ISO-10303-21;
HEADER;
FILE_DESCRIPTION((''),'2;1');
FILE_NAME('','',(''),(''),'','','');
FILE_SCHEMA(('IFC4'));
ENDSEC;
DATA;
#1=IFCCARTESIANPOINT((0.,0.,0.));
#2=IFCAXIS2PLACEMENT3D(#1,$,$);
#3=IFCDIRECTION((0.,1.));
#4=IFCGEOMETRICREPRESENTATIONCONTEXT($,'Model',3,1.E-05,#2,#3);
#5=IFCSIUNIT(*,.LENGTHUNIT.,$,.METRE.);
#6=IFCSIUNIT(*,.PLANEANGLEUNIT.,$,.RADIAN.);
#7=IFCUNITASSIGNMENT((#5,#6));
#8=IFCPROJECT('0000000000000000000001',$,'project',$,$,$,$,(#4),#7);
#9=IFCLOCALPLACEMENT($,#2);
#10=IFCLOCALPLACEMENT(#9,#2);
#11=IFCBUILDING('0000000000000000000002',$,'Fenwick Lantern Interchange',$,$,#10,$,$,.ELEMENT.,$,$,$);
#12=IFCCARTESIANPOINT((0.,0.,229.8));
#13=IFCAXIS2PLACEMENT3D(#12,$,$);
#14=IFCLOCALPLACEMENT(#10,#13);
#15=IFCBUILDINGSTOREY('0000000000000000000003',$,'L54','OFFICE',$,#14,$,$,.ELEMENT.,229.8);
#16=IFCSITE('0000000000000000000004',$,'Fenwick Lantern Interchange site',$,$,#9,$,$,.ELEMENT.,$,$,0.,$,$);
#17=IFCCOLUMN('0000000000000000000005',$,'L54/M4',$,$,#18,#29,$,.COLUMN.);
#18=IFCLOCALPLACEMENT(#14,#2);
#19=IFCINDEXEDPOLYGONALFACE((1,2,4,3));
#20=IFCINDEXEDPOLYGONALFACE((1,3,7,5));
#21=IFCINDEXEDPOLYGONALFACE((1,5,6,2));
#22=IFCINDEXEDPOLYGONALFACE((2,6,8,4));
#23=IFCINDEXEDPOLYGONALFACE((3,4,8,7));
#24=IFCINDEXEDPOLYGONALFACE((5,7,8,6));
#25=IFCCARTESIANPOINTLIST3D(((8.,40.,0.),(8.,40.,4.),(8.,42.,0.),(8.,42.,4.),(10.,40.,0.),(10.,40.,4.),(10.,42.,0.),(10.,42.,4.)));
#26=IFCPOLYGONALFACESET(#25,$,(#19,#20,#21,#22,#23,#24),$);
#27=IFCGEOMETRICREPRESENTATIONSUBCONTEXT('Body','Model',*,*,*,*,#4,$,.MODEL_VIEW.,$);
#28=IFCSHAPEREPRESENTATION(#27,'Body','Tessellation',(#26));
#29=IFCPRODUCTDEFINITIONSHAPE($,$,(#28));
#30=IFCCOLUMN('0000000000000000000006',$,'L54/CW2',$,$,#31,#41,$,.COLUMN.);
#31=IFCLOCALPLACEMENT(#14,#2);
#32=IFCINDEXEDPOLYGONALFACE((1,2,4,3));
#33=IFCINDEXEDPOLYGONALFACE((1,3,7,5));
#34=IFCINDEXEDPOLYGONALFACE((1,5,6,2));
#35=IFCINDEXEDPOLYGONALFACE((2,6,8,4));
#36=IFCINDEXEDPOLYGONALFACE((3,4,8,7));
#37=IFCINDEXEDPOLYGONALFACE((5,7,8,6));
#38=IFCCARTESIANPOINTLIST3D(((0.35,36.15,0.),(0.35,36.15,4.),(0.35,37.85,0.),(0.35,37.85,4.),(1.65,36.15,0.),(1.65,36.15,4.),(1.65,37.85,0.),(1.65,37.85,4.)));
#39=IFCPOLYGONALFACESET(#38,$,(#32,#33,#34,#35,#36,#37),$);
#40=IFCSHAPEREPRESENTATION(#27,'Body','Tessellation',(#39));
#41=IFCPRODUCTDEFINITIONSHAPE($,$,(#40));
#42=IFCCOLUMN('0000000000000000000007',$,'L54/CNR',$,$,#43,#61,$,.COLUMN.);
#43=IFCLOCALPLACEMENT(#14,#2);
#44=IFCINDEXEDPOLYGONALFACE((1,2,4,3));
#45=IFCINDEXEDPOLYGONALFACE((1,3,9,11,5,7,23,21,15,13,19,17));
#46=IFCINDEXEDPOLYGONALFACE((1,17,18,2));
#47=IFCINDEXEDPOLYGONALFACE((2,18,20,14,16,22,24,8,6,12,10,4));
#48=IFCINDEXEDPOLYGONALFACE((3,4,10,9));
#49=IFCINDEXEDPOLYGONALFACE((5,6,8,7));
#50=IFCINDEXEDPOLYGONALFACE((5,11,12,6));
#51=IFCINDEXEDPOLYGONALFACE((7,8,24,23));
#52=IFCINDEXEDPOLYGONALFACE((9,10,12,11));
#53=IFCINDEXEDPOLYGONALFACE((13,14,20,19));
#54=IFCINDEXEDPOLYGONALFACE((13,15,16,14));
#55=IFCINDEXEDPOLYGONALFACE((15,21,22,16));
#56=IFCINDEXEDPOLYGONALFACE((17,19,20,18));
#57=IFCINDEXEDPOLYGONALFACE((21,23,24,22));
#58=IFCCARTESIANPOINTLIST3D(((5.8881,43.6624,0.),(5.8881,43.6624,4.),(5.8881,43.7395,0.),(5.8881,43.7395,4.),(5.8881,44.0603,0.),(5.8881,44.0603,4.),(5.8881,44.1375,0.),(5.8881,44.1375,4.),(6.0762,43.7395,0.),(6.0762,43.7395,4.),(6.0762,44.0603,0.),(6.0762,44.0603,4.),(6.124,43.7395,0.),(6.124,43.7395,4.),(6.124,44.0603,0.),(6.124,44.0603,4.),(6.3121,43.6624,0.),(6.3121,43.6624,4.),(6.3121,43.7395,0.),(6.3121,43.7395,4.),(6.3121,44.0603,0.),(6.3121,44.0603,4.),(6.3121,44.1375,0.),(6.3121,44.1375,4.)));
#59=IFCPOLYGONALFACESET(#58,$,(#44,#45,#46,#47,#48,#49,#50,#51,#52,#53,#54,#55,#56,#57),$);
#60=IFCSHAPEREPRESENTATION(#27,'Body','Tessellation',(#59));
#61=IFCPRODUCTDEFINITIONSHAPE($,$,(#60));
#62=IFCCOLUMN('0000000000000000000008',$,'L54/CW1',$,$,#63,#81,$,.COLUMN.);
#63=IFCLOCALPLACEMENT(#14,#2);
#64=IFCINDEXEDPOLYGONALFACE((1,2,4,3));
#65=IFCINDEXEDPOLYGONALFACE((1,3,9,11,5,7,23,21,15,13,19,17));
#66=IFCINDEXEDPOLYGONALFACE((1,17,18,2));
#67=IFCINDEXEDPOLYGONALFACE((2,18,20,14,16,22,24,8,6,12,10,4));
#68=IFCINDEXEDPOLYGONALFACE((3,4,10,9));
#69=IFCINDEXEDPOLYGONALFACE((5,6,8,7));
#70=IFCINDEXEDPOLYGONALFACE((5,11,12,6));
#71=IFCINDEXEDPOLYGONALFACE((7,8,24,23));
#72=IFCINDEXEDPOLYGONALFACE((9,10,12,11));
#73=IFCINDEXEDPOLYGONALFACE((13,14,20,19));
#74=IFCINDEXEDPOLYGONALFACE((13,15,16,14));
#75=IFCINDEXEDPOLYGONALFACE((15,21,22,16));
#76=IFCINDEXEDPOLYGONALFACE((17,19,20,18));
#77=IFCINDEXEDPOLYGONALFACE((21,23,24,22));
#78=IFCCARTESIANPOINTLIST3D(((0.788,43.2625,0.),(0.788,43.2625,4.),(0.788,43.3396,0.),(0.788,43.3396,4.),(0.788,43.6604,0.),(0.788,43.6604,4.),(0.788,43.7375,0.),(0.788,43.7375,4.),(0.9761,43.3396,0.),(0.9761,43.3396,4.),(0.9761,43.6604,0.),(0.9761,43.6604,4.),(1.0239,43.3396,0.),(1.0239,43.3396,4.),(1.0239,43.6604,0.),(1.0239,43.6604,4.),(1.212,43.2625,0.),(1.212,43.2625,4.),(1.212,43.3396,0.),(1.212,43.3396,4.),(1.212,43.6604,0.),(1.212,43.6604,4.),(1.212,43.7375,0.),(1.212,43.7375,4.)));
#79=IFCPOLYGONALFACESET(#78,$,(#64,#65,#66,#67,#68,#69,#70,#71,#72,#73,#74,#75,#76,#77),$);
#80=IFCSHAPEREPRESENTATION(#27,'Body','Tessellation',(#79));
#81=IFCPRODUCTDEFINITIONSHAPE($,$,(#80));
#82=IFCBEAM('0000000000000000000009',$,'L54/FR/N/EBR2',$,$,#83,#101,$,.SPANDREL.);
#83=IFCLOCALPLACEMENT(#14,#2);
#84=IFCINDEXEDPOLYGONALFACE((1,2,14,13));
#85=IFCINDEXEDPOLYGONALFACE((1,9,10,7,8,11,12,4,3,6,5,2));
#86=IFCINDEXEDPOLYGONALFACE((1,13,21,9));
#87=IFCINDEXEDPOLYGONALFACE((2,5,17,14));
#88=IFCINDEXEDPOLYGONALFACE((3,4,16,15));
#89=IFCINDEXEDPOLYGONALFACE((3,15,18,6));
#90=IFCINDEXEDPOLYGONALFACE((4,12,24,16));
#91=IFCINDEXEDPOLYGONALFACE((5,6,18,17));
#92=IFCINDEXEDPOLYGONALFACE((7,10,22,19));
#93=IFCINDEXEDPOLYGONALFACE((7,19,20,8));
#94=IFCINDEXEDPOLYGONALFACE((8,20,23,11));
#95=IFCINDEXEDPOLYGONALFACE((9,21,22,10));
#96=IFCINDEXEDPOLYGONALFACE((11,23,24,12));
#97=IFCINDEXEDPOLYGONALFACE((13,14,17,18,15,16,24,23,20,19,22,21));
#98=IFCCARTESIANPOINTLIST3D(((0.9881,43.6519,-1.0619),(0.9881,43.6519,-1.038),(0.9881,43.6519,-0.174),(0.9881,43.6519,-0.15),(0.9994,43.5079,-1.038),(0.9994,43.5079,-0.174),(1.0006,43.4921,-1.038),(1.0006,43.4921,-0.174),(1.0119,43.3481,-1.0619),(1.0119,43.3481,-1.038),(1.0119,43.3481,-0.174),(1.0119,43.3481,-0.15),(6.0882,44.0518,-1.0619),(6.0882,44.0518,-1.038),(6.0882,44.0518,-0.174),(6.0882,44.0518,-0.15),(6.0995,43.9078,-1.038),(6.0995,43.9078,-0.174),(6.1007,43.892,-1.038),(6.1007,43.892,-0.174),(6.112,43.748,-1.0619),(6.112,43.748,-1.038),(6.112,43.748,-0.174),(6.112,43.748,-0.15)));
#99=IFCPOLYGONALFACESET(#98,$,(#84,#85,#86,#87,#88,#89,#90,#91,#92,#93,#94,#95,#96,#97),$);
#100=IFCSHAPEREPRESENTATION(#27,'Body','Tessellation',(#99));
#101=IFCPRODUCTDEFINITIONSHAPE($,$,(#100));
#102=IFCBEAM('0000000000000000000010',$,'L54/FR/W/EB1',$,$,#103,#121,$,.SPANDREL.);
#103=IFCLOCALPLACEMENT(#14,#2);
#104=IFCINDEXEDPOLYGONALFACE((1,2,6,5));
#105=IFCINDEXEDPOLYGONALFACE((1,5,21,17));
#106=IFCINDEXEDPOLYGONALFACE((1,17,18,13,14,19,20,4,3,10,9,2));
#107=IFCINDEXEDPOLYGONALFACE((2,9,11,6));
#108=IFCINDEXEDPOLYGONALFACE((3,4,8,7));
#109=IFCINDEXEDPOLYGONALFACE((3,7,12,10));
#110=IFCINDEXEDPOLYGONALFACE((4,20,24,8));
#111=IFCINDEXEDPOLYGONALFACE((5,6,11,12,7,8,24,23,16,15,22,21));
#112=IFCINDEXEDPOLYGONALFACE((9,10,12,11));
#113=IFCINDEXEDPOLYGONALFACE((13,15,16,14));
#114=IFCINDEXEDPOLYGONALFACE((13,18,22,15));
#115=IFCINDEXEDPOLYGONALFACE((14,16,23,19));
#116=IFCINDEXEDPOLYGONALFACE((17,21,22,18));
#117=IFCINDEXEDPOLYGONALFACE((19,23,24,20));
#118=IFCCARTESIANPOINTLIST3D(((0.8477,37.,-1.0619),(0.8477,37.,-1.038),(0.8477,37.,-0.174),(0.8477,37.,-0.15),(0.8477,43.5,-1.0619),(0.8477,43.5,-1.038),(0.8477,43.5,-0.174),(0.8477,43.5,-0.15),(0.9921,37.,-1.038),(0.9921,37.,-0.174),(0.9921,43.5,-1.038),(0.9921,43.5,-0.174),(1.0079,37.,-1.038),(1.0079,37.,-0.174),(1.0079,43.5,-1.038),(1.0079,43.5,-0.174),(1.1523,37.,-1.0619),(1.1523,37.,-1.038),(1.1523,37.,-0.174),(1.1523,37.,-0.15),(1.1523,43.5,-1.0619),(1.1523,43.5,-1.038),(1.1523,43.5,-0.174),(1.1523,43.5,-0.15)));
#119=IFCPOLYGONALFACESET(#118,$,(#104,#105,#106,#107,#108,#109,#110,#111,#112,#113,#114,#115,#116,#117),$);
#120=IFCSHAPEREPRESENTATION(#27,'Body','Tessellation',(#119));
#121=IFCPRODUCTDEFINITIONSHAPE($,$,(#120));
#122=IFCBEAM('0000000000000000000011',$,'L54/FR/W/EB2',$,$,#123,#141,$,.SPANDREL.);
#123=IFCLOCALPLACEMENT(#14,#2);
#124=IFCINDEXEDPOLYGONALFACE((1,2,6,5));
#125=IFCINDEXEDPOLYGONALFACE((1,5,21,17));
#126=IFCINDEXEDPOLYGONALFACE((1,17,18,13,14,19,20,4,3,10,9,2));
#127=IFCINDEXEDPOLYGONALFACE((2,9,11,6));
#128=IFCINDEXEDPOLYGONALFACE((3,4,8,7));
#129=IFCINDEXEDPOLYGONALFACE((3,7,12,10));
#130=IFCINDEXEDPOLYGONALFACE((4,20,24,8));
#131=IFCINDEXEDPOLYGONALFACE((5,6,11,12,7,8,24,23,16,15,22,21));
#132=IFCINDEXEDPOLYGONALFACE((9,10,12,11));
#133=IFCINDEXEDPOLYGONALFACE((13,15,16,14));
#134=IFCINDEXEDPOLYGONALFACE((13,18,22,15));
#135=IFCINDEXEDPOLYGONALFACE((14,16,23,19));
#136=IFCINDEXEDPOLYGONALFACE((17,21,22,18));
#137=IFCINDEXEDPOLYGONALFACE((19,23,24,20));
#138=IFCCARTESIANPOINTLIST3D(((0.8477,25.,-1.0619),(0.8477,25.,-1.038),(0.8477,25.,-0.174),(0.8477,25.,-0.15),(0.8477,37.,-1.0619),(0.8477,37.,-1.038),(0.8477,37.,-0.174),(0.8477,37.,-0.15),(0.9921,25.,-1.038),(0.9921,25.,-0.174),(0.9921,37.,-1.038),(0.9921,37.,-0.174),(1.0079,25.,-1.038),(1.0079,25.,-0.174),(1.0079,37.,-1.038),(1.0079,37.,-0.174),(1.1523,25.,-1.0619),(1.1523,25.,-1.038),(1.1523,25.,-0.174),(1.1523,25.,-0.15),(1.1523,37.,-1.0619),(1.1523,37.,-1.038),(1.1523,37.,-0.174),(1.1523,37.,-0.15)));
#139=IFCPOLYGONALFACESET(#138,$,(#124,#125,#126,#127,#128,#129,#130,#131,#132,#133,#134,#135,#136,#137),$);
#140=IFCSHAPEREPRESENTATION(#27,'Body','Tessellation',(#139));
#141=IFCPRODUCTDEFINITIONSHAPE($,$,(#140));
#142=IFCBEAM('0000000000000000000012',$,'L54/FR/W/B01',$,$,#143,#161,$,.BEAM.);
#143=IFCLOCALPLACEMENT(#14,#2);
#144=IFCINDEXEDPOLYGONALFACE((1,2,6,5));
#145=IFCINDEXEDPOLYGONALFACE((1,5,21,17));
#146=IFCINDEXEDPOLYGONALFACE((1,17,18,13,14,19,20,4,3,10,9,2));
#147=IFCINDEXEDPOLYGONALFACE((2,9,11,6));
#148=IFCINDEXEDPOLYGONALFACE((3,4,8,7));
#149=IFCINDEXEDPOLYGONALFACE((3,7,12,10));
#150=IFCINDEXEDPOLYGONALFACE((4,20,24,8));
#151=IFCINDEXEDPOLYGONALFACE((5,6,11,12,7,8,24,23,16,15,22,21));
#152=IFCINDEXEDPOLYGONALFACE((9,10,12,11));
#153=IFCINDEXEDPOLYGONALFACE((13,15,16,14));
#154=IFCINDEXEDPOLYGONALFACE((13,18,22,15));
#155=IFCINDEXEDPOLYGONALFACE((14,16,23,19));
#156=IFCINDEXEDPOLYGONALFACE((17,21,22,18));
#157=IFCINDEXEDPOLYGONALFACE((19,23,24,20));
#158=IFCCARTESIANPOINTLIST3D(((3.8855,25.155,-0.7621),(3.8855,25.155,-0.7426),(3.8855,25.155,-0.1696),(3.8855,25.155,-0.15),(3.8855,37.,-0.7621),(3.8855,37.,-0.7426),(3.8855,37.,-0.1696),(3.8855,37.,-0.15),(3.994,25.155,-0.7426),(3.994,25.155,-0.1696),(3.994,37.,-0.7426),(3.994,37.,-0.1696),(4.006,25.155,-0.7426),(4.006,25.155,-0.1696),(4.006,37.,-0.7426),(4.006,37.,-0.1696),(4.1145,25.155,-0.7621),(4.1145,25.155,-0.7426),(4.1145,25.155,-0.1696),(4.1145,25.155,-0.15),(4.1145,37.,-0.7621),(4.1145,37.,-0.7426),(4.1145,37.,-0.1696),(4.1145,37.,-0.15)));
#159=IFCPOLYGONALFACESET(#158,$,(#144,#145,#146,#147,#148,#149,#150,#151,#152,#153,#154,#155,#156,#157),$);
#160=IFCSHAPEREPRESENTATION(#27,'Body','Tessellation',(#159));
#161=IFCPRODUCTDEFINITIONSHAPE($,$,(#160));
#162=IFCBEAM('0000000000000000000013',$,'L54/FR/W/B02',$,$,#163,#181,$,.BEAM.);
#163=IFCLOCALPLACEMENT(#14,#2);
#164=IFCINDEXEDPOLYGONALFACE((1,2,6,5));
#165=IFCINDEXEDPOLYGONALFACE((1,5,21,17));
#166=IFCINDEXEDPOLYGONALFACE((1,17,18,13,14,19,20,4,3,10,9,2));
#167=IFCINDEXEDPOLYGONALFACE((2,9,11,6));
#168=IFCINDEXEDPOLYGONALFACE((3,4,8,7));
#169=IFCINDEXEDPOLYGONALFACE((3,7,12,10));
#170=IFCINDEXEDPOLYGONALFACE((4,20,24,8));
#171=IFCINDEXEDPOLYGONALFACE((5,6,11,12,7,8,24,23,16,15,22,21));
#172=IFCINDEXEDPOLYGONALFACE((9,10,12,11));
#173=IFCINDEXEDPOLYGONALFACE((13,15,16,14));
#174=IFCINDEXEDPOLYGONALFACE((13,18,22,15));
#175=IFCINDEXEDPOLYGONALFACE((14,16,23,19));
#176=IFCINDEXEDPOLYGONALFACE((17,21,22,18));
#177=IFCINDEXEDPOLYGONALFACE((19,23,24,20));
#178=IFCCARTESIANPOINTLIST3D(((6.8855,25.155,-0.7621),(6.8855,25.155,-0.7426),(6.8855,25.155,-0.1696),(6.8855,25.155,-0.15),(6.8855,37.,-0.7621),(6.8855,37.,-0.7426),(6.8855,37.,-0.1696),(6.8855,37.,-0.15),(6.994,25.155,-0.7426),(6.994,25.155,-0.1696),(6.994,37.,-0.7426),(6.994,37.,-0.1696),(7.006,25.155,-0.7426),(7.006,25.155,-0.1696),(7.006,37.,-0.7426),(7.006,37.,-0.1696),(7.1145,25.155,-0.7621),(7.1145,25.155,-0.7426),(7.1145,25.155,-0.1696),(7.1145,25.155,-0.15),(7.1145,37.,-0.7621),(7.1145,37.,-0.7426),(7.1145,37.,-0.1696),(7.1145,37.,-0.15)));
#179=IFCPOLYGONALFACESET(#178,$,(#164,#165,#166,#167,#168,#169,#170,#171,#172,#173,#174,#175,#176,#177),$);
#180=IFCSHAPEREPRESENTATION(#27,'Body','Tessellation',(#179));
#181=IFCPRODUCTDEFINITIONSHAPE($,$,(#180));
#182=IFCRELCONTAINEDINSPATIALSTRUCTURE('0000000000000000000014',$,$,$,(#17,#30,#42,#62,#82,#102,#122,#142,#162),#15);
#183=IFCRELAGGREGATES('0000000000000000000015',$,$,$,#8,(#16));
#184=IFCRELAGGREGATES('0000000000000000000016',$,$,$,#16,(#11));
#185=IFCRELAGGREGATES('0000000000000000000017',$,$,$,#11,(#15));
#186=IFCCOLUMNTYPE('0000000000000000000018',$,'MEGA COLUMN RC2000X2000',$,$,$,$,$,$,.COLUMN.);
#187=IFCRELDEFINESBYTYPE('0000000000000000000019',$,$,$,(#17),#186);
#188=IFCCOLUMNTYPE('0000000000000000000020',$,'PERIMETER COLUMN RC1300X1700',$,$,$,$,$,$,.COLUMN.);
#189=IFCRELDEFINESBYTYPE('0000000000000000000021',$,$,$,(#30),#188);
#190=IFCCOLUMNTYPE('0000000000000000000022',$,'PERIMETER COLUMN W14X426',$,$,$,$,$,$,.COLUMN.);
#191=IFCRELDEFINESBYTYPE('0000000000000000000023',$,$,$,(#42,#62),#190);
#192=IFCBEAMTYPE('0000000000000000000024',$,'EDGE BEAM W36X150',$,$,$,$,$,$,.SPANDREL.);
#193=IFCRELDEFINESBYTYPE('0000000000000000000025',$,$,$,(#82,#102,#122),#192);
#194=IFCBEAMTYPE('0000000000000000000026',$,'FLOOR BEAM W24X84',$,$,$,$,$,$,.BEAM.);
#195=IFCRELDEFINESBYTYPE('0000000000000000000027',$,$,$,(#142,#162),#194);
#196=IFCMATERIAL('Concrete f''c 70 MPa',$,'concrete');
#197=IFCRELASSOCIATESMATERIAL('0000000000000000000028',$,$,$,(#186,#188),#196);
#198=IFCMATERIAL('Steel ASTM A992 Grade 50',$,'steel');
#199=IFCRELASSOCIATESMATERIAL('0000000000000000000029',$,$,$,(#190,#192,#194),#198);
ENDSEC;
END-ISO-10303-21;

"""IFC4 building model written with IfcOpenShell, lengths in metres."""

from ifc_helpers import new_model, si_unit, direction, frame, origin, origin_2d, place, context, subcontext, project, spatial, rectangle, i_section, extrude, material, material_profile, profile_set, type_object, element, save


model = new_model("IFC4")

# Units and contexts
model_context = context("Model", 3, precision=1e-05, world=origin(), true_north=direction((0.0, 1.0)))
body_context = subcontext(model_context, "Body", "Model", "MODEL_VIEW")
ifc_project = project(units=[si_unit("LENGTHUNIT", "METRE"), si_unit("PLANEANGLEUNIT", "RADIAN")], contexts=[model_context])

# Site, building, storey
site_placement = place(None, origin())
site = spatial("IfcSite", under=ifc_project, at=site_placement, Name="Fenwick Lantern Interchange site", CompositionType="ELEMENT", RefElevation=0.0)
building_placement = place(site_placement, origin())
building = spatial("IfcBuilding", under=site, at=building_placement, Name="Fenwick Lantern Interchange", CompositionType="ELEMENT")
storey_placement = place(building_placement, frame((0.0, 0.0, 229.8)))
storey = spatial("IfcBuildingStorey", under=building, at=storey_placement, Name="L54", Description="OFFICE", CompositionType="ELEMENT", Elevation=229.8)

# Columns
ifc_material_1 = material(Name="Concrete f'c 70 MPa", Category="concrete")
ifc_material_profile_1 = material_profile(ifc_material_1, rectangle(XDim=2.0, YDim=2.0, at=origin_2d()), Name="RC2000X2000")
ifc_profile_set_1 = profile_set([ifc_material_profile_1], Name="Concrete f'c 70 MPa")
column_type_1 = type_object("IfcColumnType", Name="MEGA COLUMN RC2000X2000", PredefinedType="COLUMN", material=ifc_profile_set_1)
column_1_placement = place(storey_placement, frame((9.0, 41.0, 0.0), z_axis=(0.0, 0.0, 1.0), x_axis=(1.0, 0.0, 0.0)))
element("IfcColumn", 1, at=column_1_placement, inside=storey, type_object=column_type_1, Name="L54/M4", PredefinedType="COLUMN", context=body_context, shape_type="SweptSolid", body=[
    extrude(rectangle(XDim=2.0, YDim=2.0, at=origin_2d()), origin(), (0.0, 0.0, 1.0), 4.0),
])
ifc_material_profile_2 = material_profile(ifc_material_1, rectangle(XDim=1.3, YDim=1.7, at=origin_2d()), Name="RC1300X1700")
ifc_profile_set_2 = profile_set([ifc_material_profile_2], Name="Concrete f'c 70 MPa")
column_type_2 = type_object("IfcColumnType", Name="PERIMETER COLUMN RC1300X1700", PredefinedType="COLUMN", material=ifc_profile_set_2)
column_2_placement = place(storey_placement, frame((1.0, 37.0, 0.0), z_axis=(0.0, 0.0, 1.0), x_axis=(1.0, 0.0, 0.0)))
element("IfcColumn", 2, at=column_2_placement, inside=storey, type_object=column_type_2, Name="L54/CW2", PredefinedType="COLUMN", context=body_context, shape_type="SweptSolid", body=[
    extrude(rectangle(XDim=1.3, YDim=1.7, at=origin_2d()), origin(), (0.0, 0.0, 1.0), 4.0),
])
ifc_material_2 = material(Name="Steel ASTM A992 Grade 50", Category="steel")
ifc_material_profile_3 = material_profile(ifc_material_2, i_section(OverallWidth=0.4241, OverallDepth=0.4751, WebThickness=0.0479, FlangeThickness=0.0771, at=origin_2d()), Name="W14X426")
ifc_profile_set_3 = profile_set([ifc_material_profile_3], Name="Steel ASTM A992 Grade 50")
column_type_3 = type_object("IfcColumnType", Name="PERIMETER COLUMN W14X426", PredefinedType="COLUMN", material=ifc_profile_set_3)
for number, where, z_axis, x_axis, name in (
    (3, (6.1001, 43.8999, 0.0), (0.0, 0.0, 1.0), (1.0, 0.0, 0.0), "L54/CNR"),
    (4, (1.0, 43.5, 0.0), (0.0, 0.0, 1.0), (1.0, 0.0, 0.0), "L54/CW1"),
):
    element("IfcColumn", number, at=place(storey_placement, frame(where, z_axis=z_axis, x_axis=x_axis)), inside=storey, type_object=column_type_3, Name=name, PredefinedType="COLUMN", context=body_context, shape_type="SweptSolid", body=[
        extrude(i_section(OverallWidth=0.4241, OverallDepth=0.4751, WebThickness=0.0479, FlangeThickness=0.0771, at=origin_2d()), origin(), (0.0, 0.0, 1.0), 4.0),
    ])

# Beams
ifc_material_profile_4 = material_profile(ifc_material_2, i_section(OverallWidth=0.3047, OverallDepth=0.9119, WebThickness=0.0159, FlangeThickness=0.0239, at=origin_2d()), Name="W36X150")
ifc_profile_set_4 = profile_set([ifc_material_profile_4], Name="Steel ASTM A992 Grade 50")
beam_type_1 = type_object("IfcBeamType", Name="EDGE BEAM W36X150", PredefinedType="SPANDREL", material=ifc_profile_set_4)
beam_1_placement = place(storey_placement, frame((6.1001, 43.8999, -0.606), z_axis=(-0.99694, -0.078171, 0.0), x_axis=(0.078171, -0.99694, 0.0)))
element("IfcBeam", 5, at=beam_1_placement, inside=storey, type_object=beam_type_1, Name="L54/FR/N/EBR2", PredefinedType="SPANDREL", context=body_context, shape_type="SweptSolid", body=[
    extrude(i_section(OverallWidth=0.3047, OverallDepth=0.9119, WebThickness=0.0159, FlangeThickness=0.0239, at=origin_2d()), origin(), (0.0, 0.0, 1.0), 5.1157),
])
beam_2_placement = place(storey_placement, frame((1.0, 43.5, -0.606), z_axis=(0.0, -1.0, 0.0), x_axis=(1.0, 0.0, 0.0)))
element("IfcBeam", 6, at=beam_2_placement, inside=storey, type_object=beam_type_1, Name="L54/FR/W/EB1", PredefinedType="SPANDREL", context=body_context, shape_type="SweptSolid", body=[
    extrude(i_section(OverallWidth=0.3047, OverallDepth=0.9119, WebThickness=0.0159, FlangeThickness=0.0239, at=origin_2d()), origin(), (0.0, 0.0, 1.0), 6.5),
])
beam_3_placement = place(storey_placement, frame((1.0, 37.0, -0.606), z_axis=(0.0, -1.0, 0.0), x_axis=(1.0, 0.0, 0.0)))
element("IfcBeam", 7, at=beam_3_placement, inside=storey, type_object=beam_type_1, Name="L54/FR/W/EB2", PredefinedType="SPANDREL", context=body_context, shape_type="SweptSolid", body=[
    extrude(i_section(OverallWidth=0.3047, OverallDepth=0.9119, WebThickness=0.0159, FlangeThickness=0.0239, at=origin_2d()), origin(), (0.0, 0.0, 1.0), 12.0),
])
ifc_material_profile_5 = material_profile(ifc_material_2, i_section(OverallWidth=0.229, OverallDepth=0.6121, WebThickness=0.012, FlangeThickness=0.0195, at=origin_2d()), Name="W24X84")
ifc_profile_set_5 = profile_set([ifc_material_profile_5], Name="Steel ASTM A992 Grade 50")
beam_type_2 = type_object("IfcBeamType", Name="FLOOR BEAM W24X84", PredefinedType="BEAM", material=ifc_profile_set_5)
for number, where, z_axis, x_axis, name in (
    (8, (4.0, 37.0, -0.4561), (0.0, -1.0, 0.0), (1.0, 0.0, 0.0), "L54/FR/W/B01"),
    (9, (7.0, 37.0, -0.4561), (0.0, -1.0, 0.0), (1.0, 0.0, 0.0), "L54/FR/W/B02"),
):
    element("IfcBeam", number, at=place(storey_placement, frame(where, z_axis=z_axis, x_axis=x_axis)), inside=storey, type_object=beam_type_2, Name=name, PredefinedType="BEAM", context=body_context, shape_type="SweptSolid", body=[
        extrude(i_section(OverallWidth=0.229, OverallDepth=0.6121, WebThickness=0.012, FlangeThickness=0.0195, at=origin_2d()), origin(), (0.0, 0.0, 1.0), 11.845),
    ])

save(model, "model.ifc")
